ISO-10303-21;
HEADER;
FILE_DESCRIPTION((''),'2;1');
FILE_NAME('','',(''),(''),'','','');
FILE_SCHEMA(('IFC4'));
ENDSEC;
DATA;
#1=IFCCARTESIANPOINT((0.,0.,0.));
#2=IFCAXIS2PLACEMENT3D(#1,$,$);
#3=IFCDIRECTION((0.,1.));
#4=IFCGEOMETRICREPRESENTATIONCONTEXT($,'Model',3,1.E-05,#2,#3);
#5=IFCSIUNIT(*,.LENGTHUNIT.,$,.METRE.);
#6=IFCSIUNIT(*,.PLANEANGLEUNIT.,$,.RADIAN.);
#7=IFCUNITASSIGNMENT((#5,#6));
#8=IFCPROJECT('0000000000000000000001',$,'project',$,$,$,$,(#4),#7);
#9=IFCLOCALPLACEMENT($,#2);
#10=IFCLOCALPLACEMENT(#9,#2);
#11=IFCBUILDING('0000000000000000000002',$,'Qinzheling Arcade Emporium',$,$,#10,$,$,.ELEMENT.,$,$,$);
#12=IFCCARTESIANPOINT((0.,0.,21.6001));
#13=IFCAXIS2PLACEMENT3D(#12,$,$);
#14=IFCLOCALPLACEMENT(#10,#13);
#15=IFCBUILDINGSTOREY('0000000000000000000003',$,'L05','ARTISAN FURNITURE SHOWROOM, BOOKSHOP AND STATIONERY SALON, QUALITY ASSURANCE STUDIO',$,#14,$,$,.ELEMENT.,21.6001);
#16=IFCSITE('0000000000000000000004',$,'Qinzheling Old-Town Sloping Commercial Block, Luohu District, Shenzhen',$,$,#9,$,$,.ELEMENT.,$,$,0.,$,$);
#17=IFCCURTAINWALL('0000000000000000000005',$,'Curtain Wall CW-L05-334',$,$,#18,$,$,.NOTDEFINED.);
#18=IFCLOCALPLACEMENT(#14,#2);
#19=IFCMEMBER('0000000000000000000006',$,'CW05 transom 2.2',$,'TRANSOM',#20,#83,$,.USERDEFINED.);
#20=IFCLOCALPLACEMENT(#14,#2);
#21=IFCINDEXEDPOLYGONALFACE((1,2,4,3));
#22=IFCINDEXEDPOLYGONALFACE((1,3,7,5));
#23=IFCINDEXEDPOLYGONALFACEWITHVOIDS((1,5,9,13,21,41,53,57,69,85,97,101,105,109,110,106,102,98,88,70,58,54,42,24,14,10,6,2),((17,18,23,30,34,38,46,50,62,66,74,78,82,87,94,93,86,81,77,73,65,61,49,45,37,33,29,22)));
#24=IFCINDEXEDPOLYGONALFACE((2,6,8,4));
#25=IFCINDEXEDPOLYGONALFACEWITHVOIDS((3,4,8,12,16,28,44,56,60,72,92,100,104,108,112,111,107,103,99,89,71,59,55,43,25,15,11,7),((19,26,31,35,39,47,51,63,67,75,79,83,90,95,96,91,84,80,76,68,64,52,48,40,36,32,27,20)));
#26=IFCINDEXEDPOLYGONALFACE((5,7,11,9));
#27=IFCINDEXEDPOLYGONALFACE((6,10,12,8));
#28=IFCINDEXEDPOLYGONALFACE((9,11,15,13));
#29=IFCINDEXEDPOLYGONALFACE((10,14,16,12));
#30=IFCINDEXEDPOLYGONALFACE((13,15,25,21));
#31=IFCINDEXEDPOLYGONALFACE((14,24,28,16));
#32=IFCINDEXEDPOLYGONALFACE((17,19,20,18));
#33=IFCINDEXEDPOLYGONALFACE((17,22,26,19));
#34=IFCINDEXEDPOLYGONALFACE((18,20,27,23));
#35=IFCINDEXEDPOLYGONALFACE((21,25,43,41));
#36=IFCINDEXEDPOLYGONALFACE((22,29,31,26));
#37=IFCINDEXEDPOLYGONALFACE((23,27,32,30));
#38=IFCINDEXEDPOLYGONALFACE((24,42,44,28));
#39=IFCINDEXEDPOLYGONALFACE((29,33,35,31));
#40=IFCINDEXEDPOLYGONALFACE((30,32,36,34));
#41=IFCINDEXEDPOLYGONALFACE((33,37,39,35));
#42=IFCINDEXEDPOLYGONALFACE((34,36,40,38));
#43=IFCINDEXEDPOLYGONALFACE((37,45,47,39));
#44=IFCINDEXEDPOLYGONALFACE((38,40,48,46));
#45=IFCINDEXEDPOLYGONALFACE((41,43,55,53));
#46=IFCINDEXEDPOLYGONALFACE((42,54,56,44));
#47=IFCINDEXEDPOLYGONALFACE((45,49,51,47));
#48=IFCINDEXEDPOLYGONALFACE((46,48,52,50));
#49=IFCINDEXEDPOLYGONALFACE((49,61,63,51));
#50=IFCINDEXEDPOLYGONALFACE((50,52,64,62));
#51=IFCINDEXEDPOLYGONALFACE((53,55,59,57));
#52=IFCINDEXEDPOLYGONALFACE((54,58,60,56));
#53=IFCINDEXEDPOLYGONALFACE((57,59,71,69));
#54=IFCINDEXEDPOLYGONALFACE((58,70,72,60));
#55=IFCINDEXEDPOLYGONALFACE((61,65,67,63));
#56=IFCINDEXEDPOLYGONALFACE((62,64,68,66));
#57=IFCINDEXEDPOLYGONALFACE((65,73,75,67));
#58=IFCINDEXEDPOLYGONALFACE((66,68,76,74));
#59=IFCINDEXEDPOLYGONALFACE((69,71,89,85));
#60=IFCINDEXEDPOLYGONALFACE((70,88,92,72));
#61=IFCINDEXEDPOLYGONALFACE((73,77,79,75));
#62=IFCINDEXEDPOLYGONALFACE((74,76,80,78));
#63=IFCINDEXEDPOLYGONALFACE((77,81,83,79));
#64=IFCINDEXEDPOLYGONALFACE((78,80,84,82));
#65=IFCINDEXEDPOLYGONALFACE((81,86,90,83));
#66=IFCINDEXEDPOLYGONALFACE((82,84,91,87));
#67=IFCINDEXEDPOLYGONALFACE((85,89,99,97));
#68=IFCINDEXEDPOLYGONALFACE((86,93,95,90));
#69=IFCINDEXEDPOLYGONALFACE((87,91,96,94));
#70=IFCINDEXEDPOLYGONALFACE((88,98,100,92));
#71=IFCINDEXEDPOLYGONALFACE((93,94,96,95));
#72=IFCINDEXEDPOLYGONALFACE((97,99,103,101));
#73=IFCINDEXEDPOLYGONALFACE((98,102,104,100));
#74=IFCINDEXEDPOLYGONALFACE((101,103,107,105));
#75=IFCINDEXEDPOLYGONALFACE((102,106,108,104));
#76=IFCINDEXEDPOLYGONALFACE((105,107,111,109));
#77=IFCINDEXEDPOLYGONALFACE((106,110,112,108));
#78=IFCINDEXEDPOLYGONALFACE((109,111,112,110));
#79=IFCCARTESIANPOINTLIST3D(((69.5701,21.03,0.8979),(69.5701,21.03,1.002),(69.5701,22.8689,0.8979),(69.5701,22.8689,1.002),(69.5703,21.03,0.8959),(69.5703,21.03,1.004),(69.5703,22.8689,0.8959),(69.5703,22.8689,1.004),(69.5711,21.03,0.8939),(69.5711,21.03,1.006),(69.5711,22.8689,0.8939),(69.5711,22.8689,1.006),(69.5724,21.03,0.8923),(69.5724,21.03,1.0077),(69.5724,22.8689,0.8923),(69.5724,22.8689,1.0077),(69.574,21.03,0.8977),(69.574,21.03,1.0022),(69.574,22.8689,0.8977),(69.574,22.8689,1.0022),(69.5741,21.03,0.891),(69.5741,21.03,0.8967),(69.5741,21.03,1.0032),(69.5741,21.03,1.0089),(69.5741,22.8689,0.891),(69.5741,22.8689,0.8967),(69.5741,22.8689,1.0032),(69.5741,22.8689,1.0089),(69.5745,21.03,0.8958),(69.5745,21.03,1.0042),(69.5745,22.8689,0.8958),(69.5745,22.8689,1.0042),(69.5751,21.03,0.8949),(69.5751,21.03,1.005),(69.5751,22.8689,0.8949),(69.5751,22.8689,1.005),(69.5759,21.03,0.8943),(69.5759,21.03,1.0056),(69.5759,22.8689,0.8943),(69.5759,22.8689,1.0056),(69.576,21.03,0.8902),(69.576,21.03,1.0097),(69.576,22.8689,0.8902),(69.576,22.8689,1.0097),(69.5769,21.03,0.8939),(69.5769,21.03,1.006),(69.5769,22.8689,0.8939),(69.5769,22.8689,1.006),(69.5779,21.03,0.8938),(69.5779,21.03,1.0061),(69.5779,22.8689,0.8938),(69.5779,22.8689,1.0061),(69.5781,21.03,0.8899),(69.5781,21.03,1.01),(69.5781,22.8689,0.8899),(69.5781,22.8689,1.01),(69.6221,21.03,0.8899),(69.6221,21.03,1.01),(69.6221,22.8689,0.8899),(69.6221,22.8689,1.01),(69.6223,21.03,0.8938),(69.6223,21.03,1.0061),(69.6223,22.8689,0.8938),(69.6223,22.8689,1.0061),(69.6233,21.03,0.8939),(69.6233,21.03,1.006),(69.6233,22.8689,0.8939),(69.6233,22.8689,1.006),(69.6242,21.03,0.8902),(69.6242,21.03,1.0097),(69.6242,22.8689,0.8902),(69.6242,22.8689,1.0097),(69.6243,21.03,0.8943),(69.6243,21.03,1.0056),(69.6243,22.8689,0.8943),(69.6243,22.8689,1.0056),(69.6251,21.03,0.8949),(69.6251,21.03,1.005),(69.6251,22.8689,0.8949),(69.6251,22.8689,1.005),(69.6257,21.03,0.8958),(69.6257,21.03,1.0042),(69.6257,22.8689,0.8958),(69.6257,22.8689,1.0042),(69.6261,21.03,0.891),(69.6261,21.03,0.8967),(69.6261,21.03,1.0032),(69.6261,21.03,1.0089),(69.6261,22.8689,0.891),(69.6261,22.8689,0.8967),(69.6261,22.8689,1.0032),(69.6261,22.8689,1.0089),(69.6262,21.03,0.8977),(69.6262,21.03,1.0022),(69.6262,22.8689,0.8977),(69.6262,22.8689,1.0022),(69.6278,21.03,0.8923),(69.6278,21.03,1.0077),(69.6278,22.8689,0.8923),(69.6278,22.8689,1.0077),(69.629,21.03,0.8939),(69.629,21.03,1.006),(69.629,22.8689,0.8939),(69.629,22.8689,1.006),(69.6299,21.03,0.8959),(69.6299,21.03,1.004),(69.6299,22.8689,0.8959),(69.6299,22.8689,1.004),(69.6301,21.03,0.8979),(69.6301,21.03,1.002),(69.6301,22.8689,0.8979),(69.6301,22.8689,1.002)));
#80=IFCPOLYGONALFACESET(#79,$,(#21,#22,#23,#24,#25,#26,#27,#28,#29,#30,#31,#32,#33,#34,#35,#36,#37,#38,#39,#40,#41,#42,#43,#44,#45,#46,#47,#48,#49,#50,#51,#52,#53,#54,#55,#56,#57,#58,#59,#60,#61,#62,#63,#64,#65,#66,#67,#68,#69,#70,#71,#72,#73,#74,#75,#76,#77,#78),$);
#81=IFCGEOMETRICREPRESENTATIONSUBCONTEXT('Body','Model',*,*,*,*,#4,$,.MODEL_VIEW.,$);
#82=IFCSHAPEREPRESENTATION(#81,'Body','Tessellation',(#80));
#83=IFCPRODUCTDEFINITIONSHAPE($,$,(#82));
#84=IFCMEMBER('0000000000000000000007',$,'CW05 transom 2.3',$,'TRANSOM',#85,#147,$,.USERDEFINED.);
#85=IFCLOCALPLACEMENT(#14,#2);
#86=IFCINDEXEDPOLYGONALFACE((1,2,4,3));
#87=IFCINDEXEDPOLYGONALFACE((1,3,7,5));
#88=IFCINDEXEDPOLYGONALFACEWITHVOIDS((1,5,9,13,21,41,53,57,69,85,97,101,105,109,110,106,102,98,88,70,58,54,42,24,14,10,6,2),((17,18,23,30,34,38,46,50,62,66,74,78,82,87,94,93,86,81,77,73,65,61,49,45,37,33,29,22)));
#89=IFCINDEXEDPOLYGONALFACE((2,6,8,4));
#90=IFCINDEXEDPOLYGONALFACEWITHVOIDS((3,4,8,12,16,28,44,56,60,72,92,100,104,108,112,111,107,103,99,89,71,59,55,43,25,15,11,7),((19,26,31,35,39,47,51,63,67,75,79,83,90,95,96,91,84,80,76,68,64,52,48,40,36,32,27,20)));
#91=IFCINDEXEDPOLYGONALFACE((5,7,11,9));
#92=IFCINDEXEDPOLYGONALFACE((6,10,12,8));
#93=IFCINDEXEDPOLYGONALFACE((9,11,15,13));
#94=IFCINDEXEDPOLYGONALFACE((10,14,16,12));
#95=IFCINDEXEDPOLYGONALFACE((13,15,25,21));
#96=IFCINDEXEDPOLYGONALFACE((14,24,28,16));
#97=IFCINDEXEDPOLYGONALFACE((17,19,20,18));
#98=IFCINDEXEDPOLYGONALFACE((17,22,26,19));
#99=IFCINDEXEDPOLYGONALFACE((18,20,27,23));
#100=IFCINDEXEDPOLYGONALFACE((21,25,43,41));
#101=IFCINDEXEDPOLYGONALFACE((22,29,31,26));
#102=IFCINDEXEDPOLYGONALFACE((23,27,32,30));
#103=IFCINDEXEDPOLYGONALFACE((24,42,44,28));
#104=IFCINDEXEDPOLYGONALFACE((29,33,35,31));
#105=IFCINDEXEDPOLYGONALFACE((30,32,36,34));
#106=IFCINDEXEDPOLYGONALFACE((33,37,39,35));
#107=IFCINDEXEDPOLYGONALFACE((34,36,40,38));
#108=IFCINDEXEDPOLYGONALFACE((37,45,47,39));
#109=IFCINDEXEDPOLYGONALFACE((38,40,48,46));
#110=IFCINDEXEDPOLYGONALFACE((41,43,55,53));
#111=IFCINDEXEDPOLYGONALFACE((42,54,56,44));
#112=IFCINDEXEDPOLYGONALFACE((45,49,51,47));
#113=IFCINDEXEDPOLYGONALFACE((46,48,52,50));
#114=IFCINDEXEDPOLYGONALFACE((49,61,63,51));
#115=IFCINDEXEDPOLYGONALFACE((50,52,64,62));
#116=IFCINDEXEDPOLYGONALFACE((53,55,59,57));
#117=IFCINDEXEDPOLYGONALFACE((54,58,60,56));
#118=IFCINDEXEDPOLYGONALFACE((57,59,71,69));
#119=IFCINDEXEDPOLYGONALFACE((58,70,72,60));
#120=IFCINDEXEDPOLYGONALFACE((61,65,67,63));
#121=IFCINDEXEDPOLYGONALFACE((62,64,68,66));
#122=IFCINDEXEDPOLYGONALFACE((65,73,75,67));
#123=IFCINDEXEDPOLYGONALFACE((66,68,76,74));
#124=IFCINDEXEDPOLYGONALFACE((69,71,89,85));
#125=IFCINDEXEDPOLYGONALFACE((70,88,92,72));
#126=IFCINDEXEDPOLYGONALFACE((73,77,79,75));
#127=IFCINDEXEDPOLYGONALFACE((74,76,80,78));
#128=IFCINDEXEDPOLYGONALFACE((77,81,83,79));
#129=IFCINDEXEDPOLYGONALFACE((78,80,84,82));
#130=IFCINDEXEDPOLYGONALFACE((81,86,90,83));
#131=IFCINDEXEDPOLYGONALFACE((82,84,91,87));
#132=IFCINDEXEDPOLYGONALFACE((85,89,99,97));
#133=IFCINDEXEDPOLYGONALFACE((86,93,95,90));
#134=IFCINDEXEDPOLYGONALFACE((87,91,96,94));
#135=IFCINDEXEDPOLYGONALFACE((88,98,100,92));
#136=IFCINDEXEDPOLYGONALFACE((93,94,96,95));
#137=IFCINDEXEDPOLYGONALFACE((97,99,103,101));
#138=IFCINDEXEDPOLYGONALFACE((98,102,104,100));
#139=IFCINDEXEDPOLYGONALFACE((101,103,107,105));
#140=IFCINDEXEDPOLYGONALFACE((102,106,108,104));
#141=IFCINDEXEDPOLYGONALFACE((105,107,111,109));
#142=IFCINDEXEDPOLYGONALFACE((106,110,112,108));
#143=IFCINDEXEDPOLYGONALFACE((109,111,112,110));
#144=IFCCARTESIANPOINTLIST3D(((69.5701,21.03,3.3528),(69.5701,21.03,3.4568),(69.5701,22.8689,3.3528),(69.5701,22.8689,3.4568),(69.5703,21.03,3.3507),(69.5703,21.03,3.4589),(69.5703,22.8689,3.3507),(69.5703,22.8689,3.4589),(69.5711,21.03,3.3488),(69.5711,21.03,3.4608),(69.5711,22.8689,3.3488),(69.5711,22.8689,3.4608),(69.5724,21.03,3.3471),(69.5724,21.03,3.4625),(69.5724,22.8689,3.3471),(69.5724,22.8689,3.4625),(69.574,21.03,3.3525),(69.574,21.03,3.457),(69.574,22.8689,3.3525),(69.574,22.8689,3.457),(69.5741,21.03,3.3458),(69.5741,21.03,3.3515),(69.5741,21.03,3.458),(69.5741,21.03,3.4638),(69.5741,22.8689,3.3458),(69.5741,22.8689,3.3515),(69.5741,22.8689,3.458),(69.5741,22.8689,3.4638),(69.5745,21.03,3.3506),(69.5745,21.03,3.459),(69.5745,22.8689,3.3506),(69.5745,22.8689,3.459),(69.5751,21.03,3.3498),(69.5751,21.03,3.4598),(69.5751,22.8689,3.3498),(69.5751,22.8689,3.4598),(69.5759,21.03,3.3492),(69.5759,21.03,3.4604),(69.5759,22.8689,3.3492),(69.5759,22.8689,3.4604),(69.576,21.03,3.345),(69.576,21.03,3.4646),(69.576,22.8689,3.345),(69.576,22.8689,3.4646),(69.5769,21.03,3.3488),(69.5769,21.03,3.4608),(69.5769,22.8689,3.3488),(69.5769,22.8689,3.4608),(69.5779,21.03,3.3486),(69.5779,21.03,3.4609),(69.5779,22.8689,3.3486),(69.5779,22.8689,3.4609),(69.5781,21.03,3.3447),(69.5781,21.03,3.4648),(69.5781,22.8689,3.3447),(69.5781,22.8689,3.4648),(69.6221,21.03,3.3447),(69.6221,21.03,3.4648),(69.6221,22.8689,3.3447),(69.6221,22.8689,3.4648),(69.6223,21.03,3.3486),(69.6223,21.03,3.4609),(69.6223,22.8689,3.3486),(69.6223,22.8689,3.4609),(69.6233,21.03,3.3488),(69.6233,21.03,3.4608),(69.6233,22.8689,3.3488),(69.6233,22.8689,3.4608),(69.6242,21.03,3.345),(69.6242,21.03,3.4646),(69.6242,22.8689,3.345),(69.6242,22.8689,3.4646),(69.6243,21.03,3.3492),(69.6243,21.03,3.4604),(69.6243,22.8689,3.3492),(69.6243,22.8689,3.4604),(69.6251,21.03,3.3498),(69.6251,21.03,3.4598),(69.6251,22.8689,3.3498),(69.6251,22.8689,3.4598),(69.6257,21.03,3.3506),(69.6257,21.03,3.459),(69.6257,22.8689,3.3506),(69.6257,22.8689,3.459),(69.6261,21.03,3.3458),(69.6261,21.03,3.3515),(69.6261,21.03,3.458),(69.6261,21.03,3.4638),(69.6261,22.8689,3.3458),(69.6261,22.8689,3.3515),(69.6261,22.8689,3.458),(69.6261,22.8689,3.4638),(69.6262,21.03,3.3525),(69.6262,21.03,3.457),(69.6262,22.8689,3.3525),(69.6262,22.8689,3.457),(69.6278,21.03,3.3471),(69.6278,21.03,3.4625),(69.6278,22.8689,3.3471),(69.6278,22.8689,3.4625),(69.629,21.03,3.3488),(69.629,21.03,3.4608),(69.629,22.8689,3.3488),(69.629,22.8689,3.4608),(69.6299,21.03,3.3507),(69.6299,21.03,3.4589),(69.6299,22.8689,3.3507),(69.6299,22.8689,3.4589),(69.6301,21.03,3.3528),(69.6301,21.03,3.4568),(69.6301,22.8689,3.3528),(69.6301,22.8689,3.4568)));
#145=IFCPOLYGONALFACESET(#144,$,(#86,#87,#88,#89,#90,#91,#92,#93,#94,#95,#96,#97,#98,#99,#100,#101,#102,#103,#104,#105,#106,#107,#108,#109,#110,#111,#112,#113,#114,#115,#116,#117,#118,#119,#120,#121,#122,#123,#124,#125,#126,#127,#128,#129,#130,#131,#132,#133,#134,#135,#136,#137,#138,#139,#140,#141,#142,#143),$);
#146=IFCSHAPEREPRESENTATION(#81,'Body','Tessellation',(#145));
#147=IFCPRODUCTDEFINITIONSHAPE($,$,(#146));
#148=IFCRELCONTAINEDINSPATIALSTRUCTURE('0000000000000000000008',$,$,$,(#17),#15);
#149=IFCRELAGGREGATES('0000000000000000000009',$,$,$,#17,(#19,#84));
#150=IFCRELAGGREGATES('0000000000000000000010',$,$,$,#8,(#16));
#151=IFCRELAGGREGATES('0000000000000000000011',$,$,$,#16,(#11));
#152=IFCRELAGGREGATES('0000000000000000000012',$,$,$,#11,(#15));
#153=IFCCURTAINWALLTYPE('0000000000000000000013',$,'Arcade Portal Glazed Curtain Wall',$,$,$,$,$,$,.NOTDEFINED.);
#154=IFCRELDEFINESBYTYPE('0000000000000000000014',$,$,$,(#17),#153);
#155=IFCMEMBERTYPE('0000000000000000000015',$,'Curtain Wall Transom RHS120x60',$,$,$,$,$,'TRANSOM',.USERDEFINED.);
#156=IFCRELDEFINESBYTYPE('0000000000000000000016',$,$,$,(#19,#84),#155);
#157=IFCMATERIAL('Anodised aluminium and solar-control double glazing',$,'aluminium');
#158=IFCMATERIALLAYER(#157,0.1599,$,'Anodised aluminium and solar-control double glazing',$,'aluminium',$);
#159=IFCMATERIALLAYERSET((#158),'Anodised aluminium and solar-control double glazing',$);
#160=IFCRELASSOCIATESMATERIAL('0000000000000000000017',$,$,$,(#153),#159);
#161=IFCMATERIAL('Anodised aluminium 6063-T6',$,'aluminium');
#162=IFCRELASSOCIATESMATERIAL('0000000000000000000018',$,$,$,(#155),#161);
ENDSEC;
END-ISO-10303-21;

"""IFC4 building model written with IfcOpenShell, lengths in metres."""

from ifc_helpers import new_model, si_unit, direction, frame, origin, origin_2d, place, context, subcontext, project, spatial, hollow_rectangle, extrude, material, layer, layer_set, material_profile, profile_set, type_object, element, aggregate, save


model = new_model("IFC4")

# Units and contexts
model_context = context("Model", 3, precision=1e-05, world=origin(), true_north=direction((0.0, 1.0)))
body_context = subcontext(model_context, "Body", "Model", "MODEL_VIEW")
ifc_project = project(units=[si_unit("LENGTHUNIT", "METRE"), si_unit("PLANEANGLEUNIT", "RADIAN")], contexts=[model_context])

# Site, building, storey
site_placement = place(None, origin())
site = spatial("IfcSite", under=ifc_project, at=site_placement, Name="Qinzheling Old-Town Sloping Commercial Block, Luohu District, Shenzhen", CompositionType="ELEMENT", RefElevation=0.0)
building_placement = place(site_placement, origin())
building = spatial("IfcBuilding", under=site, at=building_placement, Name="Qinzheling Arcade Emporium", CompositionType="ELEMENT")
storey_placement = place(building_placement, frame((0.0, 0.0, 21.6001)))
storey = spatial("IfcBuildingStorey", under=building, at=storey_placement, Name="L05", Description="ARTISAN FURNITURE SHOWROOM, BOOKSHOP AND STATIONERY SALON, QUALITY ASSURANCE STUDIO", CompositionType="ELEMENT", Elevation=21.6001)

# Curtain wall, members
ifc_material_1 = material(Name="Anodised aluminium and solar-control double glazing", Category="aluminium")
ifc_layer_1 = layer(ifc_material_1, 0.1599, Name="Anodised aluminium and solar-control double glazing", Category="aluminium")
ifc_layer_set_1 = layer_set([ifc_layer_1], Name="Anodised aluminium and solar-control double glazing")
curtain_wall_type = type_object("IfcCurtainWallType", Name="Arcade Portal Glazed Curtain Wall", PredefinedType="NOTDEFINED", material=ifc_layer_set_1)
curtain_wall_placement = place(storey_placement, origin())
curtain_wall = element("IfcCurtainWall", 1, at=curtain_wall_placement, inside=storey, type_object=curtain_wall_type, Name="Curtain Wall CW-L05-334", PredefinedType="NOTDEFINED")
ifc_material_2 = material(Name="Anodised aluminium 6063-T6", Category="aluminium")
ifc_material_profile_1 = material_profile(ifc_material_2, hollow_rectangle(XDim=0.0601, YDim=0.1201, WallThickness=0.0039, InnerFilletRadius=0.0039, OuterFilletRadius=0.0081, at=origin_2d()), Name="RHS 120x60x4", Category="aluminium")
ifc_profile_set_1 = profile_set([ifc_material_profile_1], Name="Anodised aluminium 6063-T6")
member_type_1 = type_object("IfcMemberType", Name="Curtain Wall Transom RHS120x60", ElementType="TRANSOM", PredefinedType="USERDEFINED", material=ifc_profile_set_1)
member_1_placement = place(storey_placement, frame((69.6001, 22.8689, 0.95), z_axis=(0.0, -1.0, 0.0), x_axis=(1.0, 0.0, 0.0)))
member_1 = element("IfcMember", 2, at=member_1_placement, type_object=member_type_1, Name="CW05 transom 2.2", ObjectType="TRANSOM", PredefinedType="USERDEFINED", context=body_context, shape_type="SweptSolid", body=[
    extrude(hollow_rectangle(XDim=0.0601, YDim=0.1201, WallThickness=0.0039, InnerFilletRadius=0.0039, OuterFilletRadius=0.0081, at=origin_2d()), origin(), (0.0, 0.0, 1.0), 1.8389),
])
member_2_placement = place(storey_placement, frame((69.6001, 22.8689, 3.4048), z_axis=(0.0, -1.0, 0.0), x_axis=(1.0, 0.0, 0.0)))
member_2 = element("IfcMember", 3, at=member_2_placement, type_object=member_type_1, Name="CW05 transom 2.3", ObjectType="TRANSOM", PredefinedType="USERDEFINED", context=body_context, shape_type="SweptSolid", body=[
    extrude(hollow_rectangle(XDim=0.0601, YDim=0.1201, WallThickness=0.0039, InnerFilletRadius=0.0039, OuterFilletRadius=0.0081, at=origin_2d()), origin(), (0.0, 0.0, 1.0), 1.8389),
])
aggregate(curtain_wall, [member_1, member_2])

save(model, "model.ifc")
